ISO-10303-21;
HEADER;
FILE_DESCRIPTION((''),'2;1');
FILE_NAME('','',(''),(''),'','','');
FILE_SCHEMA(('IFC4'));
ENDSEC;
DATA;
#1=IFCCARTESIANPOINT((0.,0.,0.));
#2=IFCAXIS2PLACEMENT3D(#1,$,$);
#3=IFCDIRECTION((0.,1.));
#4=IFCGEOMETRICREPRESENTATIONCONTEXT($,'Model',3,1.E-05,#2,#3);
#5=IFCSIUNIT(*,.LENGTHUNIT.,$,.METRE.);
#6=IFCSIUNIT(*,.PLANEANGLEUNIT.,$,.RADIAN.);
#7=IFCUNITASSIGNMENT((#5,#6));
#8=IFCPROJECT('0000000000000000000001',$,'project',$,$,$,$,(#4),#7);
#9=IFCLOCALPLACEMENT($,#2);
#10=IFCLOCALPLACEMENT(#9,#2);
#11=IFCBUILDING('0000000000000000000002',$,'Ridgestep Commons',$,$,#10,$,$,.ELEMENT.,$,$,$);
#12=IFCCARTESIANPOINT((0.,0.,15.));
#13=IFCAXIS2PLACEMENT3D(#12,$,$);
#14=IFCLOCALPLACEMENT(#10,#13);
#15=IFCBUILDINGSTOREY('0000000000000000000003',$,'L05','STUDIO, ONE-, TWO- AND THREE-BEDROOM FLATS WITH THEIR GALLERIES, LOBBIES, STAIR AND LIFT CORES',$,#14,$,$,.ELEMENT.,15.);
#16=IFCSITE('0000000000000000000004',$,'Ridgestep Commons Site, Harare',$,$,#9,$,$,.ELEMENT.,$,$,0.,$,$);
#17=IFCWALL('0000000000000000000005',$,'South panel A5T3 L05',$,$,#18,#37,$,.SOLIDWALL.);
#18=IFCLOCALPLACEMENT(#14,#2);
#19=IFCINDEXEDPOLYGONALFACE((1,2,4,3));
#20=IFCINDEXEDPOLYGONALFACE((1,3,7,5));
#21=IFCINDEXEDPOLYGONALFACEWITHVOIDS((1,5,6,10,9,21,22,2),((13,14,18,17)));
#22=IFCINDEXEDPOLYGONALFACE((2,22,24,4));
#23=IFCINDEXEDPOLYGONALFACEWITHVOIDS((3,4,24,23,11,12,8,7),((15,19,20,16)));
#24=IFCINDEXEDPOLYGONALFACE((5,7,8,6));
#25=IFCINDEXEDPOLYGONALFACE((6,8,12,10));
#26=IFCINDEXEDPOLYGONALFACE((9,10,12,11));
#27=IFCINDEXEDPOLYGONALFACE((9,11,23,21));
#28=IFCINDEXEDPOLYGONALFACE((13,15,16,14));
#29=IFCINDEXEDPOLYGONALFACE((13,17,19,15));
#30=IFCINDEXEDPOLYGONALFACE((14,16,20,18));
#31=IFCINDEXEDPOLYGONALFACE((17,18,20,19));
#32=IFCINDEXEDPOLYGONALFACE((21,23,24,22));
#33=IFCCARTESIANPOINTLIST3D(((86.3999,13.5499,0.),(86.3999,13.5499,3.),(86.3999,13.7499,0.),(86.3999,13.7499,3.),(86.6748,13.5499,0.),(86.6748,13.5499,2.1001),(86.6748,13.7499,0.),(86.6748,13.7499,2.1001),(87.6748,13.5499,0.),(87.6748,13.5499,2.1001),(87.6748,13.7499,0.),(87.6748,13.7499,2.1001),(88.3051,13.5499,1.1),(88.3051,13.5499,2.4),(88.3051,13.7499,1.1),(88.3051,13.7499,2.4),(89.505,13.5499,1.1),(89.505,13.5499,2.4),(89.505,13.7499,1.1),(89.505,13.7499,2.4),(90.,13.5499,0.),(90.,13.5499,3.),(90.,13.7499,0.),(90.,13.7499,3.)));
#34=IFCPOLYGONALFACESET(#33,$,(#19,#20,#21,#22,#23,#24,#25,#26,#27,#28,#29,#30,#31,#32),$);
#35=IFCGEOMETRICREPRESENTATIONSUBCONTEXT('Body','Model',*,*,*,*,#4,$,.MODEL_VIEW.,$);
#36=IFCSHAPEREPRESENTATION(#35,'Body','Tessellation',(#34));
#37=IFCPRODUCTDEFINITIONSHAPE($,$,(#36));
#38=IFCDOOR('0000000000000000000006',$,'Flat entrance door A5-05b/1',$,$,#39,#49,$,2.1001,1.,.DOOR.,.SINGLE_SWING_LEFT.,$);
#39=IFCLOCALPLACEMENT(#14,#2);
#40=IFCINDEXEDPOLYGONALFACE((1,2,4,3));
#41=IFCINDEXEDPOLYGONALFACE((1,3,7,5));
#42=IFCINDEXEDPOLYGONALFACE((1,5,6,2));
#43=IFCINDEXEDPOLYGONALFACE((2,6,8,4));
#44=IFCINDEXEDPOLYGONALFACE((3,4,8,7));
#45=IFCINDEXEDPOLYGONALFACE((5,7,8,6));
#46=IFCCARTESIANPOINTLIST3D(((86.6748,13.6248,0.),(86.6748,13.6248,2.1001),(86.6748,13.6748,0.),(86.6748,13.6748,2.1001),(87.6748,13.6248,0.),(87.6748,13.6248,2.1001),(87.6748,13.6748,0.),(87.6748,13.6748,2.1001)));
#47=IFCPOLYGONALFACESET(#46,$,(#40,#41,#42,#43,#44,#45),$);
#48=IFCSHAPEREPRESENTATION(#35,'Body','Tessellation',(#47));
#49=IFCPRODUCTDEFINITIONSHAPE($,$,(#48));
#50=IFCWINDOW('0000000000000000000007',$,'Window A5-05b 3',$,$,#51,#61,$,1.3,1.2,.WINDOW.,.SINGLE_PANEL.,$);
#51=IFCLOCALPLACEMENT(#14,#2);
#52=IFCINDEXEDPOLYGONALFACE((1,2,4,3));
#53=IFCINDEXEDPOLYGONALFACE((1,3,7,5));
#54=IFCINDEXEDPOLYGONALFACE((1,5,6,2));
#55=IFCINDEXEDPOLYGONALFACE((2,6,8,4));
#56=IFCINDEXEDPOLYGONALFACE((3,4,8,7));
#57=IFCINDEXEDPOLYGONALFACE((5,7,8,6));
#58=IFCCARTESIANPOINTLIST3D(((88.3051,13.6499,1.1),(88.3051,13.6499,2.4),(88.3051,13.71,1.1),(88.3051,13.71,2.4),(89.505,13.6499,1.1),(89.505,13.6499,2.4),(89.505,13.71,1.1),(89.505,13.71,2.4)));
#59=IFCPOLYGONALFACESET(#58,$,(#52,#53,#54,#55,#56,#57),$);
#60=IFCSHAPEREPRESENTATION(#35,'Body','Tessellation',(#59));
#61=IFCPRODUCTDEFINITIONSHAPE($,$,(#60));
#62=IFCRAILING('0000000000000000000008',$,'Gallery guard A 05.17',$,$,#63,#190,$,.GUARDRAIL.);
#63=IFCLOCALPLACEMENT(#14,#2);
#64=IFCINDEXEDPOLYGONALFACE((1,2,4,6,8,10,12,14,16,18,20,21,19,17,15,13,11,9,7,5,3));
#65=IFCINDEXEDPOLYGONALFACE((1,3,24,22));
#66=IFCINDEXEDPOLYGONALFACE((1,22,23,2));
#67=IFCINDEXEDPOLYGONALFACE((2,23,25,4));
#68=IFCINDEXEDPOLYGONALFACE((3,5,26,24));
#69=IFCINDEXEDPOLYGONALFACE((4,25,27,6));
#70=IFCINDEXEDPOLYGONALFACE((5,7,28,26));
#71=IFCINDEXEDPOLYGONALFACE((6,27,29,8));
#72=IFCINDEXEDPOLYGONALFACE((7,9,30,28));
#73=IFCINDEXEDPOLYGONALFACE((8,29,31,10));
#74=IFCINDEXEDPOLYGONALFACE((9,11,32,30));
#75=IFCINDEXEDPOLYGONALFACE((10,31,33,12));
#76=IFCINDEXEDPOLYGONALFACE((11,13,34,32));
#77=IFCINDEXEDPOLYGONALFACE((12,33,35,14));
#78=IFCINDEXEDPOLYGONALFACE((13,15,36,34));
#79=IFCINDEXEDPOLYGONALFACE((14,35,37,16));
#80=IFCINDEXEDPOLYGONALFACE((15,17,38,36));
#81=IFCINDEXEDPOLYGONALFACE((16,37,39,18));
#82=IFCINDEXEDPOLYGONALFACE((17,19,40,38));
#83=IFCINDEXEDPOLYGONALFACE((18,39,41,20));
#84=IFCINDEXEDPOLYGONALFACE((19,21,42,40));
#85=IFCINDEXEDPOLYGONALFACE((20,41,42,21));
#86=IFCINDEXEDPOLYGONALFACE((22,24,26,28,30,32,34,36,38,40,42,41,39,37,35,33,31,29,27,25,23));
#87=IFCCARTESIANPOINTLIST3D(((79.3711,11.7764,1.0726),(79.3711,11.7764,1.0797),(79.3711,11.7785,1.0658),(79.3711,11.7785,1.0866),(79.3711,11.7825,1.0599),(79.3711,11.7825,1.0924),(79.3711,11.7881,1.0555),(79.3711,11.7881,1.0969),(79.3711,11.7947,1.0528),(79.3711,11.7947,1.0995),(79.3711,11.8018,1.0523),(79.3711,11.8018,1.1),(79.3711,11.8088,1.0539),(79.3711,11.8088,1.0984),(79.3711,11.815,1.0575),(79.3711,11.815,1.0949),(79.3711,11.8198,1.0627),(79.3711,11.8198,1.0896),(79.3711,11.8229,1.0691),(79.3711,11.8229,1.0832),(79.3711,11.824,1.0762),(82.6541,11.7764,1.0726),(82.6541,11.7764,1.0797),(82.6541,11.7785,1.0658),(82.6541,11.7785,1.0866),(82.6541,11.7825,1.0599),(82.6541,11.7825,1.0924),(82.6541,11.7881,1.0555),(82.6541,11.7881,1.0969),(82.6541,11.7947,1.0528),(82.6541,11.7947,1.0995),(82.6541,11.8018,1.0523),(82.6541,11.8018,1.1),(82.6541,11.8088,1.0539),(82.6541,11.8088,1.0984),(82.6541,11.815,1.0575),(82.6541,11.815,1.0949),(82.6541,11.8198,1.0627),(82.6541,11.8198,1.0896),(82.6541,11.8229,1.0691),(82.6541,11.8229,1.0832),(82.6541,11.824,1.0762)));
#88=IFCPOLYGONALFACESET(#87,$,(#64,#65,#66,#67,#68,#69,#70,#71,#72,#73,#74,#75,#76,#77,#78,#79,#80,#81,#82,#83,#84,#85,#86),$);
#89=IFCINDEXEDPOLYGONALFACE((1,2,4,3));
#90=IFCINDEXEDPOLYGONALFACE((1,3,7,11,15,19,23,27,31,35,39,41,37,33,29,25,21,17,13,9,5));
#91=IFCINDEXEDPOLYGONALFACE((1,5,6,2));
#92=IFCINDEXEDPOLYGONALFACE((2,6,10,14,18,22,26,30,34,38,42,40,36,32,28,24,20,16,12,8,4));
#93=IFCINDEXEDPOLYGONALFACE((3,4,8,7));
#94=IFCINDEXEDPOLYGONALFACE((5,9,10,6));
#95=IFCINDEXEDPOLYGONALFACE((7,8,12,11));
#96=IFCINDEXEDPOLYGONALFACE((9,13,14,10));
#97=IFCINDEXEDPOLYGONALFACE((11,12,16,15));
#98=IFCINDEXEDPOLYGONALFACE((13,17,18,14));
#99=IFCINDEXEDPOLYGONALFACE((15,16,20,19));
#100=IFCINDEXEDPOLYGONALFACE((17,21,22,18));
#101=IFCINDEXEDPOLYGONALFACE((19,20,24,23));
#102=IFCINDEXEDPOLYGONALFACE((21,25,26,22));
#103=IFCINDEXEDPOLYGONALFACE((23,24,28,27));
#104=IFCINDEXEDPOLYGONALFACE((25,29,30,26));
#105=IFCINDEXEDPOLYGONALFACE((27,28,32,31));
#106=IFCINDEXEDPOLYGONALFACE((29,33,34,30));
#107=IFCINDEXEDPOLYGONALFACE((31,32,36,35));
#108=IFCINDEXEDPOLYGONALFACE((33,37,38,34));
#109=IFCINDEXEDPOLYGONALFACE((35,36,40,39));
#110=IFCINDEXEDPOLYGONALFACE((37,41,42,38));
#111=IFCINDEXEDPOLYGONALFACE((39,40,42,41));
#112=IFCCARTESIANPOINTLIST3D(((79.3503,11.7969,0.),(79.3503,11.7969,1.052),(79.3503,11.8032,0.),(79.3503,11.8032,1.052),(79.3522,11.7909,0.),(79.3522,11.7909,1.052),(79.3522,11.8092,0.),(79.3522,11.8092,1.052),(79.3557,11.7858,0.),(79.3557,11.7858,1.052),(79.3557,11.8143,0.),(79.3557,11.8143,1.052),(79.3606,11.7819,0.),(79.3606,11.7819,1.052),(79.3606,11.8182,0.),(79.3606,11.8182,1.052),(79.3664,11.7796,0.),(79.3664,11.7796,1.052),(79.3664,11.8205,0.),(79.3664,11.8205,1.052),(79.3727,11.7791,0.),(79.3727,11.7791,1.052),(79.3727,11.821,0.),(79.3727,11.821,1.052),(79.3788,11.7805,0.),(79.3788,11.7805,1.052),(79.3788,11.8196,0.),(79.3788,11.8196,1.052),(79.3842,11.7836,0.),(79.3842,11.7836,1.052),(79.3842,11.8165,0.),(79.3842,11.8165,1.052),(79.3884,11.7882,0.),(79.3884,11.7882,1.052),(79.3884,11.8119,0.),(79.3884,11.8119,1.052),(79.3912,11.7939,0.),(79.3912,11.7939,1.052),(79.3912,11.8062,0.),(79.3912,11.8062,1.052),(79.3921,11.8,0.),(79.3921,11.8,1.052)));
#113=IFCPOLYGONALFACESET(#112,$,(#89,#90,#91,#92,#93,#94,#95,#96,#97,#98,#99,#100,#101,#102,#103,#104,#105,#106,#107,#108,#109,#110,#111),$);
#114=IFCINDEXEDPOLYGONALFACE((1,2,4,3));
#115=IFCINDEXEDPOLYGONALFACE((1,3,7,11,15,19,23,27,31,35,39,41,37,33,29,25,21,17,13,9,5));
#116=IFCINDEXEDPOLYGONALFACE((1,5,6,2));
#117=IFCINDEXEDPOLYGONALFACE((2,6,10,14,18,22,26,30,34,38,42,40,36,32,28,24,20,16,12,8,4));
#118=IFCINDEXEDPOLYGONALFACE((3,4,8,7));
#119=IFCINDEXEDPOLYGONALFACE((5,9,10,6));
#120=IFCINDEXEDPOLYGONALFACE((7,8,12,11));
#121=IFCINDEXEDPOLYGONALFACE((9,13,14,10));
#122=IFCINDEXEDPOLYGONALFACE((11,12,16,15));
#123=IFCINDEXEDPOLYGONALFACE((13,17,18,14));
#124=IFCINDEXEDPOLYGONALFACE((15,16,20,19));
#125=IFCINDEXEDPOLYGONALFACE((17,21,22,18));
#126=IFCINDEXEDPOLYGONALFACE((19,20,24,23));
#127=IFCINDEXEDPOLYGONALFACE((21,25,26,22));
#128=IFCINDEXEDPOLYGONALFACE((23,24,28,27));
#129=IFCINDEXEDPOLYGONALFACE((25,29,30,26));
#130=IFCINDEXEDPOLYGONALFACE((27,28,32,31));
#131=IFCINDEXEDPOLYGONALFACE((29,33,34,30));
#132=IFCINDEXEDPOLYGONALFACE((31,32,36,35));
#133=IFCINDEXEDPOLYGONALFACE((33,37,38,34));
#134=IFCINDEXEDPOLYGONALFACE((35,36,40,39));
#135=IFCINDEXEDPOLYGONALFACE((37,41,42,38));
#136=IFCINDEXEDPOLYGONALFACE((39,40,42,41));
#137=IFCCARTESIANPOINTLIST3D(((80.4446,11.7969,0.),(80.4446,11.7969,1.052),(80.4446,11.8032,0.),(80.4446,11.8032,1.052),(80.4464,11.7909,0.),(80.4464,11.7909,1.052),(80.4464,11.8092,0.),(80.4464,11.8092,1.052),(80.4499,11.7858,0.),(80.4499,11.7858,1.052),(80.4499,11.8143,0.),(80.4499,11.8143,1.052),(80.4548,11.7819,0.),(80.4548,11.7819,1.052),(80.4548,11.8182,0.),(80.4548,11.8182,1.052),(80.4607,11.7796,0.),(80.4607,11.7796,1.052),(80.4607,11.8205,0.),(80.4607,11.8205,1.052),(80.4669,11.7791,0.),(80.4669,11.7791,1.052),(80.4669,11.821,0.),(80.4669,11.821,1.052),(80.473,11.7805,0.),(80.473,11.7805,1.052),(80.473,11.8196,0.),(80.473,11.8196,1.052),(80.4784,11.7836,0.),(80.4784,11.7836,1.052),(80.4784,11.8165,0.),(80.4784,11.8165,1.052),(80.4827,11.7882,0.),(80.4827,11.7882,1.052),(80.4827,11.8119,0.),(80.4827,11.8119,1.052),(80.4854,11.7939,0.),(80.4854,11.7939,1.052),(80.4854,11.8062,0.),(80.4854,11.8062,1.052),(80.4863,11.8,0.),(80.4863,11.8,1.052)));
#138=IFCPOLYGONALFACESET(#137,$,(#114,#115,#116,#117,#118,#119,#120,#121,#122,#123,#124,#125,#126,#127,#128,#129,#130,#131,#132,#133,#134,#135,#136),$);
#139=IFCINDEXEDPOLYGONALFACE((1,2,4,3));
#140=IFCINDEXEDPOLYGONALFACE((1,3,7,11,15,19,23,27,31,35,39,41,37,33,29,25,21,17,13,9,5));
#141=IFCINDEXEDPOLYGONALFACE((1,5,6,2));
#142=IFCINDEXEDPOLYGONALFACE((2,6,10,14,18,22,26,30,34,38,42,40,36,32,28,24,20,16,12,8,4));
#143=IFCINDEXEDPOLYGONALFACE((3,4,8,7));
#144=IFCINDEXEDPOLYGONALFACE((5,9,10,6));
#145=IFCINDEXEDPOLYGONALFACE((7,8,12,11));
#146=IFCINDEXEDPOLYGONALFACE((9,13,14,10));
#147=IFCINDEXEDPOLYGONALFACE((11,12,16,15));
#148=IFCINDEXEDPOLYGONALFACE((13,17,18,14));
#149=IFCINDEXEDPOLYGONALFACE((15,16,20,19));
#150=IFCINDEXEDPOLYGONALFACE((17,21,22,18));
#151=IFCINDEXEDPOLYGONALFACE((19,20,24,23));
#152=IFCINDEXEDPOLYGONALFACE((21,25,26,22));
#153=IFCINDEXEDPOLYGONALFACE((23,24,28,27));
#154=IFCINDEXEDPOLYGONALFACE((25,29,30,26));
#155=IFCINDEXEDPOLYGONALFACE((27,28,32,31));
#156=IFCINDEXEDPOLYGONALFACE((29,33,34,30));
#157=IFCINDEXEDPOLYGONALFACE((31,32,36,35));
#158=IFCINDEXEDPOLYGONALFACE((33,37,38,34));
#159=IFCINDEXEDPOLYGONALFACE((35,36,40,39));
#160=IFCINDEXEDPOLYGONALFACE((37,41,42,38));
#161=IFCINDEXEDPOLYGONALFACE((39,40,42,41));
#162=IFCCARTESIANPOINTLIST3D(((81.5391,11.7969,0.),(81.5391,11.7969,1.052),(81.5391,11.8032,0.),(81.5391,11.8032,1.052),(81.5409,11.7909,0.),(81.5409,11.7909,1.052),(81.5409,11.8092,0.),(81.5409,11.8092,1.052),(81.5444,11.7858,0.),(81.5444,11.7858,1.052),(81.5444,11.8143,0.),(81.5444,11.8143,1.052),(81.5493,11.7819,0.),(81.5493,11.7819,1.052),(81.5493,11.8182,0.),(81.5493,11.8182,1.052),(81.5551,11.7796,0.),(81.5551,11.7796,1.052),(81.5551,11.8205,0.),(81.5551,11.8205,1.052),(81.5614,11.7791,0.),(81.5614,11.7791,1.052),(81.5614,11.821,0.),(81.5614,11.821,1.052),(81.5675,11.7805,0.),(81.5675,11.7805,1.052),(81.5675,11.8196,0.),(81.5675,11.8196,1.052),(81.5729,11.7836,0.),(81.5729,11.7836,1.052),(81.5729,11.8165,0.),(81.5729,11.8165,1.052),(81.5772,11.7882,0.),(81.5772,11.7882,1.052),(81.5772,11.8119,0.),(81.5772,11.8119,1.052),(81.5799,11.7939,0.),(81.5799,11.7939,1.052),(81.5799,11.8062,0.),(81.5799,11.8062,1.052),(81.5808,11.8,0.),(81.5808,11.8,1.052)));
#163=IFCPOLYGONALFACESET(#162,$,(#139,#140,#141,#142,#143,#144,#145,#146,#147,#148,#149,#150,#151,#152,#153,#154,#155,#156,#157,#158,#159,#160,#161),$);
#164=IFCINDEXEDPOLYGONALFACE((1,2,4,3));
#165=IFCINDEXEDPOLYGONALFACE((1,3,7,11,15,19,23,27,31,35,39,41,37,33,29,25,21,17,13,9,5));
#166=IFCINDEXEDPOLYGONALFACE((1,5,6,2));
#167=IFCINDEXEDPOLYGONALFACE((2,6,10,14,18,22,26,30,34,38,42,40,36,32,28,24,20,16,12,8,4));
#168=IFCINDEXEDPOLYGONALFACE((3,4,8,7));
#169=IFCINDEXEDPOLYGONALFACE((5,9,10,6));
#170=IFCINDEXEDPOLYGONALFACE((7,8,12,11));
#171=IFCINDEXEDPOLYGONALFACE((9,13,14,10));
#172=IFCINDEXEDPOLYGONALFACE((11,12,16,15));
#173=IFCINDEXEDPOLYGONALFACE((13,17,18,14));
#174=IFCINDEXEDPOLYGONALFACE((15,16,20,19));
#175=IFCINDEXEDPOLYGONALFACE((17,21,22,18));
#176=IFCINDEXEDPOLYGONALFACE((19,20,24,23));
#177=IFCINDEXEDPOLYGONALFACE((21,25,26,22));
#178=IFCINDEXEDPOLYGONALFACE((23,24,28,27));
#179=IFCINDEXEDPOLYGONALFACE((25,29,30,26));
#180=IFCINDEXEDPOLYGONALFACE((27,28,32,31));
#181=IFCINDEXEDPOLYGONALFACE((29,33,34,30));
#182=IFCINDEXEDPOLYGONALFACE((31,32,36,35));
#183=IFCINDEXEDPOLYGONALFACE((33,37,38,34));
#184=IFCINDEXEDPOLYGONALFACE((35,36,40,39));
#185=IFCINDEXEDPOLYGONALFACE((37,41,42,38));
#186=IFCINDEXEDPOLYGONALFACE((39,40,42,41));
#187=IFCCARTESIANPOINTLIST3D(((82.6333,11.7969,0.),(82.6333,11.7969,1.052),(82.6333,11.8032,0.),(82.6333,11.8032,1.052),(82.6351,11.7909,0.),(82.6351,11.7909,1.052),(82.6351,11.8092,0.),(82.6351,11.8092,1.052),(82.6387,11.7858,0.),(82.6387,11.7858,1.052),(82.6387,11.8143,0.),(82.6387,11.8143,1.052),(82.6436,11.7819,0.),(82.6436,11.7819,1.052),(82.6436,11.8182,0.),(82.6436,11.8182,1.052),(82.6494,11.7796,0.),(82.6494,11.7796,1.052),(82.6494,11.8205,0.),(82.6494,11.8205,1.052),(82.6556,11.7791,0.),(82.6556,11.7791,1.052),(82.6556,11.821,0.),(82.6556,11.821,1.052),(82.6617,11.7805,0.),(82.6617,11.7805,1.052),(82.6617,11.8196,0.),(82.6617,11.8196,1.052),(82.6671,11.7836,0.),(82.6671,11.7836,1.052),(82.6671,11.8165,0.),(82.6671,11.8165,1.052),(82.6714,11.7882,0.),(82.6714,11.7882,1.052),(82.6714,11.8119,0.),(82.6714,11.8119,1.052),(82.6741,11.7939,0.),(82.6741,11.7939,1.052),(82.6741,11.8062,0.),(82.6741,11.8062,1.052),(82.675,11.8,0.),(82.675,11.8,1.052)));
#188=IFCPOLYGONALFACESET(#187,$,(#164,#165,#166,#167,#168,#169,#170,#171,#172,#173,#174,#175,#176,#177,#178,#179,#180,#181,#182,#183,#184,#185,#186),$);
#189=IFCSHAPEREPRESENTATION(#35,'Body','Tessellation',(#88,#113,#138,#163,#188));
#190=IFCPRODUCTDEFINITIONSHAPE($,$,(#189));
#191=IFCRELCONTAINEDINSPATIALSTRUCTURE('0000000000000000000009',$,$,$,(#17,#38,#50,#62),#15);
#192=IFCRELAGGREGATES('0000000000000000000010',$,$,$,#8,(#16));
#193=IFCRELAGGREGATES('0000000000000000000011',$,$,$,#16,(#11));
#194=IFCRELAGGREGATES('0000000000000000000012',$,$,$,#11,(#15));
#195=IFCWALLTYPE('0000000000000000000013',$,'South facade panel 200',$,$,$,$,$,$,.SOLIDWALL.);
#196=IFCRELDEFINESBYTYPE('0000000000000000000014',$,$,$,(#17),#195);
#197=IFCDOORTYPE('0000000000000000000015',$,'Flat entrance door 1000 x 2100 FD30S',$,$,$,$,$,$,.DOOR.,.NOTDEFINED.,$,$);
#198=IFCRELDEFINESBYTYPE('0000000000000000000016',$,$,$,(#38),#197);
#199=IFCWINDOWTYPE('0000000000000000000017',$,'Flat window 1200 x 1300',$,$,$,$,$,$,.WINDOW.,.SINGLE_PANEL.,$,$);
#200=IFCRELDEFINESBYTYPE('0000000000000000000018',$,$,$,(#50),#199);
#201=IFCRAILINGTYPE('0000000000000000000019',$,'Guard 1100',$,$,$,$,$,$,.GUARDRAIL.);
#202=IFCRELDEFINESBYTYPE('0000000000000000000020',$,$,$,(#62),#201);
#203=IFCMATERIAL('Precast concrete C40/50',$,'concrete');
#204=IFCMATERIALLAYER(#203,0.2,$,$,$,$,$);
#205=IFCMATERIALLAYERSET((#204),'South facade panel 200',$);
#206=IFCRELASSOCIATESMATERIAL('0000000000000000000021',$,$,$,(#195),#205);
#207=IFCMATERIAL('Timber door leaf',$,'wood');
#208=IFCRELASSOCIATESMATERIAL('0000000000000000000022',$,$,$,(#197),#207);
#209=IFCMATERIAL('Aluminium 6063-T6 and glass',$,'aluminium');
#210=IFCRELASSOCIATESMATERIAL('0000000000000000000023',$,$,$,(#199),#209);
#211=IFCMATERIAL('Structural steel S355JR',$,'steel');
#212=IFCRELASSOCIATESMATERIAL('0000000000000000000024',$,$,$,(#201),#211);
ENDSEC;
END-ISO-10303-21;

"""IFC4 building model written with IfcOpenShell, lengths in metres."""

from ifc_helpers import new_model, si_unit, direction, frame, frame_2d, origin, origin_2d, place, context, subcontext, project, spatial, rectangle, circle, extrude, material, layer, layer_set, type_object, element, fill, save


model = new_model("IFC4")

# Units and contexts
model_context = context("Model", 3, precision=1e-05, world=origin(), true_north=direction((0.0, 1.0)))
body_context = subcontext(model_context, "Body", "Model", "MODEL_VIEW")
ifc_project = project(units=[si_unit("LENGTHUNIT", "METRE"), si_unit("PLANEANGLEUNIT", "RADIAN")], contexts=[model_context])

# Site, building, storey
site_placement = place(None, origin())
site = spatial("IfcSite", under=ifc_project, at=site_placement, Name="Ridgestep Commons Site, Harare", CompositionType="ELEMENT", RefElevation=0.0)
building_placement = place(site_placement, origin())
building = spatial("IfcBuilding", under=site, at=building_placement, Name="Ridgestep Commons", CompositionType="ELEMENT")
storey_placement = place(building_placement, frame((0.0, 0.0, 15.0)))
storey = spatial("IfcBuildingStorey", under=building, at=storey_placement, Name="L05", Description="STUDIO, ONE-, TWO- AND THREE-BEDROOM FLATS WITH THEIR GALLERIES, LOBBIES, STAIR AND LIFT CORES", CompositionType="ELEMENT", Elevation=15.0)

# Shared definitions
ifc_material_1 = material(Name="Precast concrete C40/50", Category="concrete")
ifc_layer_1 = layer(ifc_material_1, 0.2)
ifc_layer_set_1 = layer_set([ifc_layer_1], Name="South facade panel 200")
wall_type_1 = type_object("IfcWallType", Name="South facade panel 200", PredefinedType="SOLIDWALL", material=ifc_layer_set_1)
ifc_material_2 = material(Name="Timber door leaf", Category="wood")
door_type_1 = type_object("IfcDoorType", Name="Flat entrance door 1000 x 2100 FD30S", OperationType="NOTDEFINED", PredefinedType="DOOR", material=ifc_material_2)
ifc_material_3 = material(Name="Aluminium 6063-T6 and glass", Category="aluminium")
window_type_1 = type_object("IfcWindowType", Name="Flat window 1200 x 1300", PartitioningType="SINGLE_PANEL", PredefinedType="WINDOW", material=ifc_material_3)

# Wall, openings, door, window
wall_1_placement = place(storey_placement, frame((86.3999, 13.6499, 0.0), z_axis=(0.0, 0.0, 1.0), x_axis=(1.0, 0.0, 0.0)))
wall_1 = element("IfcWall", 1, at=wall_1_placement, inside=storey, type_object=wall_type_1, Name="South panel A5T3 L05", PredefinedType="SOLIDWALL", context=body_context, shape_type="SweptSolid", body=[
    extrude(rectangle(XDim=3.6001, YDim=0.2, at=frame_2d((1.8, 0.0))), origin(), (0.0, 0.0, 1.0), 3.0),
])
opening_1_placement = place(wall_1_placement, frame((1.905, 0.0, 1.1001)))
opening_1 = element("IfcOpeningElement", 2, at=opening_1_placement, cuts=wall_1, PredefinedType="OPENING", context=body_context, shape_type="SweptSolid", body=[
    extrude(rectangle(XDim=1.2, YDim=1.3, at=frame_2d((0.6001, 0.6499))), frame((0.0, 0.1099, 0.0), z_axis=(0.0, -1.0, 0.0), x_axis=(1.0, 0.0, 0.0)), (0.0, 0.0, 1.0), 0.22),
])
opening_2_placement = place(wall_1_placement, frame((0.2749, 0.0, 0.0)))
opening_2 = element("IfcOpeningElement", 3, at=opening_2_placement, cuts=wall_1, PredefinedType="OPENING", context=body_context, shape_type="SweptSolid", body=[
    extrude(rectangle(XDim=1.0, YDim=2.1001, at=frame_2d((0.5, 1.05))), frame((0.0, 0.1099, 0.0), z_axis=(0.0, -1.0, 0.0), x_axis=(1.0, 0.0, 0.0)), (0.0, 0.0, 1.0), 0.22),
])
door_1_placement = place(opening_2_placement, origin())
door_1 = element("IfcDoor", 4, at=door_1_placement, inside=storey, type_object=door_type_1, Name="Flat entrance door A5-05b/1", OperationType="SINGLE_SWING_LEFT", OverallHeight=2.1001, OverallWidth=1.0, PredefinedType="DOOR", context=body_context, shape_type="SweptSolid", body=[
    extrude(rectangle(XDim=1.0, YDim=2.1001, at=frame_2d((0.5, 1.05))), frame((0.0, 0.0249, 0.0), z_axis=(0.0, -1.0, 0.0), x_axis=(1.0, 0.0, 0.0)), (0.0, 0.0, 1.0), 0.05),
])
fill(opening_2, door_1)
window_1_placement = place(opening_1_placement, origin())
window_1 = element("IfcWindow", 5, at=window_1_placement, inside=storey, type_object=window_type_1, Name="Window A5-05b 3", OverallHeight=1.3, OverallWidth=1.2, PartitioningType="SINGLE_PANEL", PredefinedType="WINDOW", context=body_context, shape_type="SweptSolid", body=[
    extrude(rectangle(XDim=1.2, YDim=1.3, at=frame_2d((0.6001, 0.6499))), frame((0.0, 0.0601, 0.0), z_axis=(0.0, -1.0, 0.0), x_axis=(1.0, 0.0, 0.0)), (0.0, 0.0, 1.0), 0.0601),
])
fill(opening_1, window_1)

# Railing
ifc_material_4 = material(Name="Structural steel S355JR", Category="steel")
railing_type = type_object("IfcRailingType", Name="Guard 1100", PredefinedType="GUARDRAIL", material=ifc_material_4)
railing_1_placement = place(storey_placement, frame((79.3711, 11.8, 0.0)))
element("IfcRailing", 6, at=railing_1_placement, inside=storey, type_object=railing_type, Name="Gallery guard A 05.17", PredefinedType="GUARDRAIL", context=body_context, shape_type="SweptSolid", body=[
    extrude(circle(Radius=0.0239, at=origin_2d()), frame((0.0, 0.0, 1.0762), z_axis=(1.0, 0.0, 0.0), x_axis=(0.0, 1.0, 0.0)), (0.0, 0.0, 1.0), 3.283),
    extrude(circle(Radius=0.021, at=origin_2d()), origin(), (0.0, 0.0, 1.0), 1.052),
    extrude(circle(Radius=0.021, at=origin_2d()), frame((1.0942, 0.0, 0.0)), (0.0, 0.0, 1.0), 1.052),
    extrude(circle(Radius=0.021, at=origin_2d()), frame((2.1887, 0.0, 0.0)), (0.0, 0.0, 1.0), 1.052),
    extrude(circle(Radius=0.021, at=origin_2d()), frame((3.283, 0.0, 0.0)), (0.0, 0.0, 1.0), 1.052),
])

save(model, "model.ifc")
